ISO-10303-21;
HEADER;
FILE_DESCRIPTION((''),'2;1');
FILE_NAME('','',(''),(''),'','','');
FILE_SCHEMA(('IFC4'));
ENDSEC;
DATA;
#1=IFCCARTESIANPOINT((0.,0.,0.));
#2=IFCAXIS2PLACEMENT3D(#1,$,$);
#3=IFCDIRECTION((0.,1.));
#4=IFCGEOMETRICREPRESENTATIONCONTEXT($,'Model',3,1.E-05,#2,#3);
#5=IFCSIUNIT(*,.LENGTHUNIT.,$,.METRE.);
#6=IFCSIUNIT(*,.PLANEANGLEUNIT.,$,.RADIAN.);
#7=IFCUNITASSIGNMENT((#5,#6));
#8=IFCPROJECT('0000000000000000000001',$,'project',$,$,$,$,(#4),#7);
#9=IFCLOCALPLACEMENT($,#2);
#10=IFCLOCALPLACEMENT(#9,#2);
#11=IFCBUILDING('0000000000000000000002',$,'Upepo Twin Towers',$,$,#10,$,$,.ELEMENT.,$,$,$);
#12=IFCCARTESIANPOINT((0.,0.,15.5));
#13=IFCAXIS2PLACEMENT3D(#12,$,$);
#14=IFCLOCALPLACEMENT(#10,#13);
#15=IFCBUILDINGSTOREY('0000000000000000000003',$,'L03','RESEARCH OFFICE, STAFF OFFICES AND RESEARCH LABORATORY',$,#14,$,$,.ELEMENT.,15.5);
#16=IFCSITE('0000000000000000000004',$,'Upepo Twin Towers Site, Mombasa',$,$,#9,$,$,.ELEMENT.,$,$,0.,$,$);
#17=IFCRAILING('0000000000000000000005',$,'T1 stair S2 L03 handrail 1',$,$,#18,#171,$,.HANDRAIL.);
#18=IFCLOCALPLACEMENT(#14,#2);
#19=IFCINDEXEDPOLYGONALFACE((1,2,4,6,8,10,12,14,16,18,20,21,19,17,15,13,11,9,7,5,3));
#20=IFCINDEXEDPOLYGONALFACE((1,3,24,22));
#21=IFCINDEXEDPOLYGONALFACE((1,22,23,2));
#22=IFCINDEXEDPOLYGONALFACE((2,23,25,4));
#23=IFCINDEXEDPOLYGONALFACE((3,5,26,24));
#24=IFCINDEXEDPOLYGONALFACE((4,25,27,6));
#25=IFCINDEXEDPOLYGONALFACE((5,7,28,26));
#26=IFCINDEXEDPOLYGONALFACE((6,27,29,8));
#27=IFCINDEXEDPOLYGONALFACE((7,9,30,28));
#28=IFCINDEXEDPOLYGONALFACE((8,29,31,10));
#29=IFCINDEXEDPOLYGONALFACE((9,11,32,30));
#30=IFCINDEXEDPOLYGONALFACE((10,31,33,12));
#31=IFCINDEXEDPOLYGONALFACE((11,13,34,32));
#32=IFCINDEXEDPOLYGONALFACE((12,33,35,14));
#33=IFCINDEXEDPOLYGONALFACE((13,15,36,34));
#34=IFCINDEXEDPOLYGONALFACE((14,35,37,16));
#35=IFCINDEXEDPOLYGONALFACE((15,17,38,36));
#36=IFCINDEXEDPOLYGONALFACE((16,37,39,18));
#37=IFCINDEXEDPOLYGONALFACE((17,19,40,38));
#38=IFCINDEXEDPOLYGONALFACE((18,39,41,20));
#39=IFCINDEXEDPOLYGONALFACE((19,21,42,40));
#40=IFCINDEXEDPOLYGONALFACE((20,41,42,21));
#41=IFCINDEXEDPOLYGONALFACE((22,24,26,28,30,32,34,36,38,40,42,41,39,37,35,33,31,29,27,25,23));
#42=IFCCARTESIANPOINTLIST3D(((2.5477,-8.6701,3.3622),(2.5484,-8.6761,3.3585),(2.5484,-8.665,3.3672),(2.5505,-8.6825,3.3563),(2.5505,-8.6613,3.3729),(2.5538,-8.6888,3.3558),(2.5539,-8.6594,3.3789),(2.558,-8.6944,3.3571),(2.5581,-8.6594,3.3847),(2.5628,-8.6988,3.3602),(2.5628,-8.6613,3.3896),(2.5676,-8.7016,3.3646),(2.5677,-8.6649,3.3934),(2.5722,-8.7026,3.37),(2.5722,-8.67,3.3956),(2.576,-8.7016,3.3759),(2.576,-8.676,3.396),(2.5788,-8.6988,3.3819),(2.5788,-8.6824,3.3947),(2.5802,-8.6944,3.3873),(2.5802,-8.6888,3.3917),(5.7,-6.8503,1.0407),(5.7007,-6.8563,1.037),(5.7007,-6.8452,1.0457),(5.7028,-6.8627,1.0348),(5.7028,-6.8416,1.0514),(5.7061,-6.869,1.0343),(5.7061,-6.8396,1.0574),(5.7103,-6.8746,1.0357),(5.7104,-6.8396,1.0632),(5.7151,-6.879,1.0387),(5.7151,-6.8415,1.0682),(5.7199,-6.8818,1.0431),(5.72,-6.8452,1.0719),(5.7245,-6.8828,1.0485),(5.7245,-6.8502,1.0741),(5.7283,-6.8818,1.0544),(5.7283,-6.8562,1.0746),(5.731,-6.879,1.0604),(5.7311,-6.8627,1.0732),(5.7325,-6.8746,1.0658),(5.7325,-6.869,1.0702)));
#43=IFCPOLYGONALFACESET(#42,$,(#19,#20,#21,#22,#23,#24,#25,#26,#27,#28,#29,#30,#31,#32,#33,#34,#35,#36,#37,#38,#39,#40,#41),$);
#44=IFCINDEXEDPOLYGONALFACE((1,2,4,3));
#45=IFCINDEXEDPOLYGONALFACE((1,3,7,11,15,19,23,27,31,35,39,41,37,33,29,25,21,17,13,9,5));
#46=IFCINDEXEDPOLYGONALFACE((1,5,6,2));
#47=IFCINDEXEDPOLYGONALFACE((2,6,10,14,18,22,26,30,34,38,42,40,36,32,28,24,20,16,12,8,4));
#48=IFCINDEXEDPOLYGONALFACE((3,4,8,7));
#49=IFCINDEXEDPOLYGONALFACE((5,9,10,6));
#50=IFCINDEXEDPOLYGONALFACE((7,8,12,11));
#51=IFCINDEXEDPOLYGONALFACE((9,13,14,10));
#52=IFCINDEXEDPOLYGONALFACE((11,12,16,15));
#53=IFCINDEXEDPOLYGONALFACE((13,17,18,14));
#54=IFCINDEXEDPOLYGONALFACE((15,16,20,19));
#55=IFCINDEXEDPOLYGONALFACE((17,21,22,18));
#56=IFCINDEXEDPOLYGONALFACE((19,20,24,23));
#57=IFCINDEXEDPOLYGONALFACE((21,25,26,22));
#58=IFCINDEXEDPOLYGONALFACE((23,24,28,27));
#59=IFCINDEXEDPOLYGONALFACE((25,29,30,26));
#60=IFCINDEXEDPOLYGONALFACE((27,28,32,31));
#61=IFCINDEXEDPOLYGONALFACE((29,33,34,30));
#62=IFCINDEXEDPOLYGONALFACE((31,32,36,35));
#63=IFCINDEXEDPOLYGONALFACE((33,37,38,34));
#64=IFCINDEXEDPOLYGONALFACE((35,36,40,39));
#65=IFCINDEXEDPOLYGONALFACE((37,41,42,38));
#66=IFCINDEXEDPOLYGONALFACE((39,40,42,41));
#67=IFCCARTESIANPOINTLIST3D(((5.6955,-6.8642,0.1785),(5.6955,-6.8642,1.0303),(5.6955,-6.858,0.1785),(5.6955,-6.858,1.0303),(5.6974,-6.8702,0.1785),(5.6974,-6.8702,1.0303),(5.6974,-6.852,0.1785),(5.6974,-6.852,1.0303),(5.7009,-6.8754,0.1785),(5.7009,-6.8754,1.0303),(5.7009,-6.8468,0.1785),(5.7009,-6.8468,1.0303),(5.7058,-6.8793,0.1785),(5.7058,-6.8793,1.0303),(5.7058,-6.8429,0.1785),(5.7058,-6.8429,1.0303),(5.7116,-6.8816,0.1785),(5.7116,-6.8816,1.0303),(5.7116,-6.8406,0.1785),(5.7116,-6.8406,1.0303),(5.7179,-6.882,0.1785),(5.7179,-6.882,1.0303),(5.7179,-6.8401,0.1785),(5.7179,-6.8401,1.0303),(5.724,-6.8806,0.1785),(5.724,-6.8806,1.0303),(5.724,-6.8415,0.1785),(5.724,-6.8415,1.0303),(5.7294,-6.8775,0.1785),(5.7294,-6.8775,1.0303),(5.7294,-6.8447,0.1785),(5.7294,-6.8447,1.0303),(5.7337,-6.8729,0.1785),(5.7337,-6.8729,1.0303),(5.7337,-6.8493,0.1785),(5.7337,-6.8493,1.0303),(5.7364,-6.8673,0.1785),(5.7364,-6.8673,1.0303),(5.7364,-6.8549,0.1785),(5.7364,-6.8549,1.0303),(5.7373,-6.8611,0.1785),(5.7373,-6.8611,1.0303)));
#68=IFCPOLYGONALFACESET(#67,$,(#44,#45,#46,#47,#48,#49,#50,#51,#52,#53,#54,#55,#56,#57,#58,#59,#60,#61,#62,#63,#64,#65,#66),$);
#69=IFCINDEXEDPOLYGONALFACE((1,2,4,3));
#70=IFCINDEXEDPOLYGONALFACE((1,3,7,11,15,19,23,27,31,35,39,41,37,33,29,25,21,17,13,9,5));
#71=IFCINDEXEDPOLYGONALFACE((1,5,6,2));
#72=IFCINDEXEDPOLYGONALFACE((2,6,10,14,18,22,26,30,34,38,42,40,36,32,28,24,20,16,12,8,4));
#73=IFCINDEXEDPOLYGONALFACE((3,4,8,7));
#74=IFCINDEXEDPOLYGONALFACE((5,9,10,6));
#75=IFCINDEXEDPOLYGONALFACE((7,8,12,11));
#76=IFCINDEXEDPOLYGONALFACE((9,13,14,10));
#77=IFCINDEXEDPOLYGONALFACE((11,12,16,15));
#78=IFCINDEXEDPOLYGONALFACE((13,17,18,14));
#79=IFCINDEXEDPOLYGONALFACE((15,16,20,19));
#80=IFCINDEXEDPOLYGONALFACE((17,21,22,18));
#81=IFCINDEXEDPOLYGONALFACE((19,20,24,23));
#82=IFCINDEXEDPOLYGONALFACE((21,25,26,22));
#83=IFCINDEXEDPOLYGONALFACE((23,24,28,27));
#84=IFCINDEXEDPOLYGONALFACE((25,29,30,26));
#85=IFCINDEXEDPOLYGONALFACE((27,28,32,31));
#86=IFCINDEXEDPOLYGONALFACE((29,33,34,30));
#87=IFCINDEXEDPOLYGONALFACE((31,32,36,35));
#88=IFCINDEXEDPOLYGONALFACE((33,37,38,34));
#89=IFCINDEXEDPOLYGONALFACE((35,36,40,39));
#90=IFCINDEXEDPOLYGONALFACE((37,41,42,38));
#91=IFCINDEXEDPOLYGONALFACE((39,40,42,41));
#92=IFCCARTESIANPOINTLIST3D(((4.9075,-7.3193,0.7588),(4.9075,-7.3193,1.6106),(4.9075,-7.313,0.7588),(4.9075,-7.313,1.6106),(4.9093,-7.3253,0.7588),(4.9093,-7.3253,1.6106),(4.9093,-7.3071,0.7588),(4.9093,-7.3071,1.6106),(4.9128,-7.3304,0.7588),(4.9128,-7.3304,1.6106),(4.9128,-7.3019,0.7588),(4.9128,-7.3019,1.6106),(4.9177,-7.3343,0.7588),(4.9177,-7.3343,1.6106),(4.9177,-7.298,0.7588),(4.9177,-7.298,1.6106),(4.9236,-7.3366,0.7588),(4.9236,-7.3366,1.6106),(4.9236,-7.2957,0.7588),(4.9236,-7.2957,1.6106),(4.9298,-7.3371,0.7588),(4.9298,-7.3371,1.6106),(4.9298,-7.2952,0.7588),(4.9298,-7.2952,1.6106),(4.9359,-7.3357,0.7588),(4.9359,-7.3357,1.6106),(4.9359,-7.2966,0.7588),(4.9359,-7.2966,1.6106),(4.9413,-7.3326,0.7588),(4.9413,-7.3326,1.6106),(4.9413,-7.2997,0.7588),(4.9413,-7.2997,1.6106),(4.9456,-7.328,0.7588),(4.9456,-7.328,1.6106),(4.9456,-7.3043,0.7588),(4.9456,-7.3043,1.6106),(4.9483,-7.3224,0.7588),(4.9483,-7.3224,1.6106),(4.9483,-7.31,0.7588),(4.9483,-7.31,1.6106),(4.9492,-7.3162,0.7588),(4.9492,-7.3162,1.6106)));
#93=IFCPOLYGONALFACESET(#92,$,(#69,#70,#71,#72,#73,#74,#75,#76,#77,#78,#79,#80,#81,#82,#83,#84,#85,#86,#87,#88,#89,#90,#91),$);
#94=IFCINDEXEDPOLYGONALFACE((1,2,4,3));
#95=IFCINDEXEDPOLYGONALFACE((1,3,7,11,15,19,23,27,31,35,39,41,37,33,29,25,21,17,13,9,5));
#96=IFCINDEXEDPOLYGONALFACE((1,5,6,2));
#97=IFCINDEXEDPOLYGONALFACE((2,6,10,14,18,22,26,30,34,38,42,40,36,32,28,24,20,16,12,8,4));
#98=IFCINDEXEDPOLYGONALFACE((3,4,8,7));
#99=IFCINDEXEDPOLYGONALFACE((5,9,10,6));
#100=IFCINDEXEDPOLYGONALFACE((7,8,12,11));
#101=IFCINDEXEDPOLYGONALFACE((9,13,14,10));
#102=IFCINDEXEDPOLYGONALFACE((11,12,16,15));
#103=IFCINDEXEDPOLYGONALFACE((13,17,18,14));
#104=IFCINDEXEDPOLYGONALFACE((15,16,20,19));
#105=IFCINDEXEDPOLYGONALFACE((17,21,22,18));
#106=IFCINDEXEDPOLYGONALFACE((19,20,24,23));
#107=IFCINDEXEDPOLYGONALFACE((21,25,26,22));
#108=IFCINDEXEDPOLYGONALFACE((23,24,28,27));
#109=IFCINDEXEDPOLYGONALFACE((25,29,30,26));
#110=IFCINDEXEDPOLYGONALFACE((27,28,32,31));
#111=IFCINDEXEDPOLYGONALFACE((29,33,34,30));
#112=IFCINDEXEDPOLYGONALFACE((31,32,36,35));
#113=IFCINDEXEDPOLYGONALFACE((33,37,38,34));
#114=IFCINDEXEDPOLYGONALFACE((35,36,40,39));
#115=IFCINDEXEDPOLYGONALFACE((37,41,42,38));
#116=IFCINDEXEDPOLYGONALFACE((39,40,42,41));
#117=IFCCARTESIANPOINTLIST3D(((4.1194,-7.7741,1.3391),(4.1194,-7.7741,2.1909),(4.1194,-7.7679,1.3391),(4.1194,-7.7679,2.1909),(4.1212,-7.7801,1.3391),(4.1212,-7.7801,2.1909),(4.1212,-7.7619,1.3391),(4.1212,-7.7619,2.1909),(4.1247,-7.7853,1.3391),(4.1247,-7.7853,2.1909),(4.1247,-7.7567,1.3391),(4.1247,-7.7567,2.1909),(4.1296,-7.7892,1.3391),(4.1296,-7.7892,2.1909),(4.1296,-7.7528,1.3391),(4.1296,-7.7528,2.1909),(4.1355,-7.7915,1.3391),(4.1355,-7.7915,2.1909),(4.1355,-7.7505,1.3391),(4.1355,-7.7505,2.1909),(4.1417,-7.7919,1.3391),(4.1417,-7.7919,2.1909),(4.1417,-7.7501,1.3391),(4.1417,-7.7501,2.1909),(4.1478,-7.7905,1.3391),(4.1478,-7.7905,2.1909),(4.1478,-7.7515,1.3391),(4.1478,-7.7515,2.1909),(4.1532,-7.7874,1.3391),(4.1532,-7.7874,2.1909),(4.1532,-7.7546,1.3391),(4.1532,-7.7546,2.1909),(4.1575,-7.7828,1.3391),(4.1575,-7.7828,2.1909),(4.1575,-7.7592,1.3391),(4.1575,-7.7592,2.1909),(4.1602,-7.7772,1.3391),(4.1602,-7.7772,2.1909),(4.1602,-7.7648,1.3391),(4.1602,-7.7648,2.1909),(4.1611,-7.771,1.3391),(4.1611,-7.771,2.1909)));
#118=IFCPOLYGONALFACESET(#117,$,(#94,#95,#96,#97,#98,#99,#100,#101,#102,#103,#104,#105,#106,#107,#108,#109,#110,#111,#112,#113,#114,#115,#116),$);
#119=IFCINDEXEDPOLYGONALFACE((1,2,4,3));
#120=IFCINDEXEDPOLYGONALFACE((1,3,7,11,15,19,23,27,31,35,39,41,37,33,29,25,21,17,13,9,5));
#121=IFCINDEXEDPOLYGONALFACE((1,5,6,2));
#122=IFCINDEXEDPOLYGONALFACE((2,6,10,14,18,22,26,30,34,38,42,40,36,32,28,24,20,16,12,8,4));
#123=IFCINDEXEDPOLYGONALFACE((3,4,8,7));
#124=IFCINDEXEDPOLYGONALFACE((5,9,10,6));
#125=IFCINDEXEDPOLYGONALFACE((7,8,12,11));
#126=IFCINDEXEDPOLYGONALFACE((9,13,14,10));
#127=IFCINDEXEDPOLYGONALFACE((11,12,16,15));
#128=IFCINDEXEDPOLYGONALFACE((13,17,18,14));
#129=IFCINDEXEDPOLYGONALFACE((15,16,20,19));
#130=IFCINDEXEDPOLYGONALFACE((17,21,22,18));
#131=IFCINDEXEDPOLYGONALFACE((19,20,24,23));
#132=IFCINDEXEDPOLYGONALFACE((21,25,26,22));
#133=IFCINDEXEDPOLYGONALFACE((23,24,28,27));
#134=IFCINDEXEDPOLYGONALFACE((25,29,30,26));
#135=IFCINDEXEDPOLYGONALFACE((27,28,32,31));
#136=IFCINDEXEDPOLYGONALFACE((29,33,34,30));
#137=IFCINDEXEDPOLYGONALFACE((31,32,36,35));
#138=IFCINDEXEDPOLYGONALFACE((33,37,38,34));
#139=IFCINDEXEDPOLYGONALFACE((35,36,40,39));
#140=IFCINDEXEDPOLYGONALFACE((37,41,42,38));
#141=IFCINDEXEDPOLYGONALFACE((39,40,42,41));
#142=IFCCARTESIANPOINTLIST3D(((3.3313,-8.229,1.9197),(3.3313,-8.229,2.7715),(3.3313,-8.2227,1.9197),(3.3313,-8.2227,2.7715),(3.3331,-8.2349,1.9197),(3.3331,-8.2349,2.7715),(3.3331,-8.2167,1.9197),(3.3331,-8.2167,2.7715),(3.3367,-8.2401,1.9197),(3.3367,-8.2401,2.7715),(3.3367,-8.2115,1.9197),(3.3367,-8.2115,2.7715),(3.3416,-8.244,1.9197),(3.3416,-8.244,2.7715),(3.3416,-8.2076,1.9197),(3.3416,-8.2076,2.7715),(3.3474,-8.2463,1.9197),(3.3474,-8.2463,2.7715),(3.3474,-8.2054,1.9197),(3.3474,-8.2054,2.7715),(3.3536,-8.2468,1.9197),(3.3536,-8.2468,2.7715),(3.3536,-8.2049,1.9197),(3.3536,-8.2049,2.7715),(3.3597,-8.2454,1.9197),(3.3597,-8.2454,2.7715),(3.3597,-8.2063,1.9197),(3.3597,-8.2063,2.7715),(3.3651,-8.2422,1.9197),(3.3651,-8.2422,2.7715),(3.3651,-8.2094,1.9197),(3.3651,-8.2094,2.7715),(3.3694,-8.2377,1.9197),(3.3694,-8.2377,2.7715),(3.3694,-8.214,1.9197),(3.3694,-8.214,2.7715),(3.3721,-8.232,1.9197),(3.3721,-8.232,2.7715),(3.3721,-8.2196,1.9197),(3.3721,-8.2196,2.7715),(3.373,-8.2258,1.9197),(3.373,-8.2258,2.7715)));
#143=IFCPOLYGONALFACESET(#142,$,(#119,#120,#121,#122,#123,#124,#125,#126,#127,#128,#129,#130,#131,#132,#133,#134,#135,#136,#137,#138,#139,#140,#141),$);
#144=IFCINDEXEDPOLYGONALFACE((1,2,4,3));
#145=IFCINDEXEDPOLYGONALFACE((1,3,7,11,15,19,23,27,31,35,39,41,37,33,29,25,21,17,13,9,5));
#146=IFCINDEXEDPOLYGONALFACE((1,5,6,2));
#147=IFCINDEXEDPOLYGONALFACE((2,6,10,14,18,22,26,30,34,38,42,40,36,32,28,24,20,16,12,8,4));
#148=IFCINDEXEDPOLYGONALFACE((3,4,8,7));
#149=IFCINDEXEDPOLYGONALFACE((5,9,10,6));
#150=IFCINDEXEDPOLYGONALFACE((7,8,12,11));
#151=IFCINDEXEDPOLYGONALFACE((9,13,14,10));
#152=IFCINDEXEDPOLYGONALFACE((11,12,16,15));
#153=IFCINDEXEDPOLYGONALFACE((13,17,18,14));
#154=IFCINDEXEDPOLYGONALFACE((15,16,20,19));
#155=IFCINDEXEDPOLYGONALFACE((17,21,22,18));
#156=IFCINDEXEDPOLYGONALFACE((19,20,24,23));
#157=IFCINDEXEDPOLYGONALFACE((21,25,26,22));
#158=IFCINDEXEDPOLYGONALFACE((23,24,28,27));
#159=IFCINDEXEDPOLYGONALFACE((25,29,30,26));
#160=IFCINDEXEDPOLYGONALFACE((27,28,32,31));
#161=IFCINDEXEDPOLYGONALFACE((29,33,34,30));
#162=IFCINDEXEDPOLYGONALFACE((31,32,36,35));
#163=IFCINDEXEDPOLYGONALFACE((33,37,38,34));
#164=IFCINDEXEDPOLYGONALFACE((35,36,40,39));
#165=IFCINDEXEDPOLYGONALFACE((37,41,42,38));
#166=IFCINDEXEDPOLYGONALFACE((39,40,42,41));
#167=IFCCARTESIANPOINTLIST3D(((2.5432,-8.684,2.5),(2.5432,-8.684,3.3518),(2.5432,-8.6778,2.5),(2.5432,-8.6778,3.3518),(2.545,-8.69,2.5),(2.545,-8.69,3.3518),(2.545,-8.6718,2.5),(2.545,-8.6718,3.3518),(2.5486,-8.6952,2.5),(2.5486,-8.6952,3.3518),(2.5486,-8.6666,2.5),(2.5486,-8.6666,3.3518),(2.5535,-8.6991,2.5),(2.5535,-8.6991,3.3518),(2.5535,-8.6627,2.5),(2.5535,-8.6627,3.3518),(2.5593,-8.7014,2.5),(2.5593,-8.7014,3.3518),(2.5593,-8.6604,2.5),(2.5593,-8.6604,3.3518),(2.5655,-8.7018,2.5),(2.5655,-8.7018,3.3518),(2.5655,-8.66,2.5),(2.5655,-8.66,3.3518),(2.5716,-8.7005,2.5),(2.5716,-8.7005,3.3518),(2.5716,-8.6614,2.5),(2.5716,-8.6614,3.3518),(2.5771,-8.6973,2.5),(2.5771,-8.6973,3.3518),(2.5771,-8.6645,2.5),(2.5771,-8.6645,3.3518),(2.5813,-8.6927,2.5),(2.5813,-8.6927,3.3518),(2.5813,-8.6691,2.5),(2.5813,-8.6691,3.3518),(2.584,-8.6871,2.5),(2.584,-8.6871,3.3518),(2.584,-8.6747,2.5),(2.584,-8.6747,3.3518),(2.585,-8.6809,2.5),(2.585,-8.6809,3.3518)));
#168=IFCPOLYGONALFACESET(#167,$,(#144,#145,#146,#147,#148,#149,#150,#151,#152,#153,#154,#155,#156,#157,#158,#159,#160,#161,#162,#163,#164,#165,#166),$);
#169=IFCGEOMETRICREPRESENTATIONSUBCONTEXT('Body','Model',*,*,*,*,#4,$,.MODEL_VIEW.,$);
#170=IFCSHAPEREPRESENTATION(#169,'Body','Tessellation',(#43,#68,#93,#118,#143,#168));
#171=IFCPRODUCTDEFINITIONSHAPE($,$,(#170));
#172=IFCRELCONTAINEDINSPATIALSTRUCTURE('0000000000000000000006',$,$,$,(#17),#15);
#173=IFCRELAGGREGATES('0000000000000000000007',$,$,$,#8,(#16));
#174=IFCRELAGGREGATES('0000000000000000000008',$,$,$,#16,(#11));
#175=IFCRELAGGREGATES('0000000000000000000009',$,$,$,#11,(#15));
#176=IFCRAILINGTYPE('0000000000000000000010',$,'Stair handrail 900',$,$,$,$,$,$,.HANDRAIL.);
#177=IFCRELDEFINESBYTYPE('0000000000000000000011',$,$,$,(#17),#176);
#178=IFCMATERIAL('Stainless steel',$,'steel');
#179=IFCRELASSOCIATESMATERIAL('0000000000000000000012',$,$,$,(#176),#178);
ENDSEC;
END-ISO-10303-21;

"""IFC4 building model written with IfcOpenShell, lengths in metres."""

from ifc_helpers import new_model, si_unit, direction, frame, origin, origin_2d, place, context, subcontext, project, spatial, circle, extrude, material, type_object, element, save


model = new_model("IFC4")

# Units and contexts
model_context = context("Model", 3, precision=1e-05, world=origin(), true_north=direction((0.0, 1.0)))
body_context = subcontext(model_context, "Body", "Model", "MODEL_VIEW")
ifc_project = project(units=[si_unit("LENGTHUNIT", "METRE"), si_unit("PLANEANGLEUNIT", "RADIAN")], contexts=[model_context])

# Site, building, storey
site_placement = place(None, origin())
site = spatial("IfcSite", under=ifc_project, at=site_placement, Name="Upepo Twin Towers Site, Mombasa", CompositionType="ELEMENT", RefElevation=0.0)
building_placement = place(site_placement, origin())
building = spatial("IfcBuilding", under=site, at=building_placement, Name="Upepo Twin Towers", CompositionType="ELEMENT")
storey_placement = place(building_placement, frame((0.0, 0.0, 15.5)))
storey = spatial("IfcBuildingStorey", under=building, at=storey_placement, Name="L03", Description="RESEARCH OFFICE, STAFF OFFICES AND RESEARCH LABORATORY", CompositionType="ELEMENT", Elevation=15.5)

# Railing
ifc_material_1 = material(Name="Stainless steel", Category="steel")
railing_type = type_object("IfcRailingType", Name="Stair handrail 900", PredefinedType="HANDRAIL", material=ifc_material_1)
railing_1_placement = place(storey_placement, frame((5.7163, -6.8611, 0.1785)))
element("IfcRailing", 1, at=railing_1_placement, inside=storey, type_object=railing_type, Name="T1 stair S2 L03 handrail 1", PredefinedType="HANDRAIL", context=body_context, shape_type="SweptSolid", body=[
    extrude(circle(Radius=0.0239, at=origin_2d()), frame((0.0, 0.0, 0.876), z_axis=(-0.730176, -0.421525, 0.537736), x_axis=(0.499962, -0.866047, 0.0)), (0.0, 0.0, 1.0), 4.3171),
    extrude(circle(Radius=0.021, at=origin_2d()), origin(), (0.0, 0.0, 1.0), 0.8518),
    extrude(circle(Radius=0.021, at=origin_2d()), frame((-0.7881, -0.4551, 0.5803)), (0.0, 0.0, 1.0), 0.8518),
    extrude(circle(Radius=0.021, at=origin_2d()), frame((-1.5762, -0.9099, 1.1606)), (0.0, 0.0, 1.0), 0.8518),
    extrude(circle(Radius=0.021, at=origin_2d()), frame((-2.3643, -1.3647, 1.7412)), (0.0, 0.0, 1.0), 0.8518),
    extrude(circle(Radius=0.021, at=origin_2d()), frame((-3.1523, -1.8198, 2.3215)), (0.0, 0.0, 1.0), 0.8518),
])

save(model, "model.ifc")
